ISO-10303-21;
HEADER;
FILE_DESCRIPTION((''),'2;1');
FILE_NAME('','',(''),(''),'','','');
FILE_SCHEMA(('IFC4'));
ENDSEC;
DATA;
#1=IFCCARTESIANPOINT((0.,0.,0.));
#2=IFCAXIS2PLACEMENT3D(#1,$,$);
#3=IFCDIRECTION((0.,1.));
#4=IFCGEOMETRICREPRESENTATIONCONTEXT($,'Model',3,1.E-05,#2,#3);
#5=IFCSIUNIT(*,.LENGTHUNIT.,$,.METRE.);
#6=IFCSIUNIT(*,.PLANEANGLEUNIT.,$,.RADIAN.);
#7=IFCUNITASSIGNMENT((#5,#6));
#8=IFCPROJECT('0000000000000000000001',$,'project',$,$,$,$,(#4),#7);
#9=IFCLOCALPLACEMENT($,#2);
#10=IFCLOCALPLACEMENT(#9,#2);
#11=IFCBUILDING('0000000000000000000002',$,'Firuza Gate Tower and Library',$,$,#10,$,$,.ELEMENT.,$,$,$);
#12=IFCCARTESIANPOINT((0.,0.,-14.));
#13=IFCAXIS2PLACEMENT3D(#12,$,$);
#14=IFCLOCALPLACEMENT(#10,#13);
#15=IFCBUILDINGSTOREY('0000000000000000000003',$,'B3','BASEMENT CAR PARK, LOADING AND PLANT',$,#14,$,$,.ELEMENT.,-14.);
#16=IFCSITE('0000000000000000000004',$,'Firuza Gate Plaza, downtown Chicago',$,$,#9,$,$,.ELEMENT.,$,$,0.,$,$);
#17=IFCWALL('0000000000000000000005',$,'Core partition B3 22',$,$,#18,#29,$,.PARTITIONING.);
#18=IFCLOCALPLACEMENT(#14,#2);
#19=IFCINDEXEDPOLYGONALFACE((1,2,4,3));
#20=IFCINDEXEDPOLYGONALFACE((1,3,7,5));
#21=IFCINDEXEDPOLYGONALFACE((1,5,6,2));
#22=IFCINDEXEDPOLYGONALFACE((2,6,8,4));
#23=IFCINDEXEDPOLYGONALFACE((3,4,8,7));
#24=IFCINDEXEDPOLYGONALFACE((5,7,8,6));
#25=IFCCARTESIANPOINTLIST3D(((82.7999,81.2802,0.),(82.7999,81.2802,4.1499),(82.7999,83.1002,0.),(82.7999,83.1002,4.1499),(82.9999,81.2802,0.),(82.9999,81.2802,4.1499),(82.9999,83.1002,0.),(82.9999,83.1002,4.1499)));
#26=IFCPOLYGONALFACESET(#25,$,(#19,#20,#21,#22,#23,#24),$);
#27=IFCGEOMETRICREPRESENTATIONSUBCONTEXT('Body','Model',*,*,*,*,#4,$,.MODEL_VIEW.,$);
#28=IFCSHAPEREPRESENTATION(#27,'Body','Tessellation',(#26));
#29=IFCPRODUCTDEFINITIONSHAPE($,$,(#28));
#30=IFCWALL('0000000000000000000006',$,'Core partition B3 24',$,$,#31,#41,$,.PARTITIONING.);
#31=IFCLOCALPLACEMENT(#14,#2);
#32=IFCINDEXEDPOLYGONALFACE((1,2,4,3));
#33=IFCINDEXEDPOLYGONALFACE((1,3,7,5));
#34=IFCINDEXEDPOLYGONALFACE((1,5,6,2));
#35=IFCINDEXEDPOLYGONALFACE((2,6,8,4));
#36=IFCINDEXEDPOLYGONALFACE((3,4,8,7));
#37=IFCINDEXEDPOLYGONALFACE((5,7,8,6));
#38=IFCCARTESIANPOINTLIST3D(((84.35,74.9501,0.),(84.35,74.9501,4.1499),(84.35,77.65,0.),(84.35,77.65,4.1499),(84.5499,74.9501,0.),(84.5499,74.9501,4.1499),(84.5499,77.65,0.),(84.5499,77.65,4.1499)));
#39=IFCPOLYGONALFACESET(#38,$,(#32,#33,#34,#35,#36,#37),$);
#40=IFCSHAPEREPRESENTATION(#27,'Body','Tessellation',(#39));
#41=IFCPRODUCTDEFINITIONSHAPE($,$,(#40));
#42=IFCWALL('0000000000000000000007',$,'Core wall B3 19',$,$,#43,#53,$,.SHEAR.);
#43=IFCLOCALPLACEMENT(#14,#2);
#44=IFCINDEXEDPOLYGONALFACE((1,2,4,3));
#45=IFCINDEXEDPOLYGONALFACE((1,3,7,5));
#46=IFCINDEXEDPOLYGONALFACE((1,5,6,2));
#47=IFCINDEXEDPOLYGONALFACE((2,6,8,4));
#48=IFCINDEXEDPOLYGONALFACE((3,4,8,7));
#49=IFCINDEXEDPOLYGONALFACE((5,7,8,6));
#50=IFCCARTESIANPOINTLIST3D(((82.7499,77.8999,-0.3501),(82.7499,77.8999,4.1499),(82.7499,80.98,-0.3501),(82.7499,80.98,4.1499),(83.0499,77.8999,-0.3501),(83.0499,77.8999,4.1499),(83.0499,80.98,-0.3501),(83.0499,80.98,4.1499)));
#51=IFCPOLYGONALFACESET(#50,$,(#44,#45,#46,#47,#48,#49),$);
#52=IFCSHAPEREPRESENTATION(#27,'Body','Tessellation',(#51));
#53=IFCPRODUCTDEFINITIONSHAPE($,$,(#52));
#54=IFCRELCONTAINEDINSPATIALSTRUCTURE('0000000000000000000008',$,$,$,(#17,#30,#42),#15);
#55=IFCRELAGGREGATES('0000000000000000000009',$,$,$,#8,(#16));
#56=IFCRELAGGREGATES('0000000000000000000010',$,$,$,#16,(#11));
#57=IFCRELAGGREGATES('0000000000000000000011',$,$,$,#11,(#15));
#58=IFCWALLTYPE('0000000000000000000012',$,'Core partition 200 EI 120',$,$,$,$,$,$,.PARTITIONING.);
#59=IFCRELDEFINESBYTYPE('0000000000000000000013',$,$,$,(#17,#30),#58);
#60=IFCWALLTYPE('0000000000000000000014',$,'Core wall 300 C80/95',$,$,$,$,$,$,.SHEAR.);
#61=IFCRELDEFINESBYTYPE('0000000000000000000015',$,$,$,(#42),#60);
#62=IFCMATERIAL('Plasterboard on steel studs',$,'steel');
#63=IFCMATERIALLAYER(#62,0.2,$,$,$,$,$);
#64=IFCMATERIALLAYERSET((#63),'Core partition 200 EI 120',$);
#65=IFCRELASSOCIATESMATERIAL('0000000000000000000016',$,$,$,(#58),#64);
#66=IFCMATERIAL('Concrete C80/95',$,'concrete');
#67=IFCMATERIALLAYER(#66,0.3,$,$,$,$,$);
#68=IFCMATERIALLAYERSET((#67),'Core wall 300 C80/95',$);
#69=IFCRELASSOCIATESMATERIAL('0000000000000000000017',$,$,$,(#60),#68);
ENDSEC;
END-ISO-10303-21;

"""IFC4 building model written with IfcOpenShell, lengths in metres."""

from ifc_helpers import new_model, si_unit, direction, frame, frame_2d, origin, place, context, subcontext, project, spatial, rectangle, extrude, material, layer, layer_set, type_object, element, save


model = new_model("IFC4")

# Units and contexts
model_context = context("Model", 3, precision=1e-05, world=origin(), true_north=direction((0.0, 1.0)))
body_context = subcontext(model_context, "Body", "Model", "MODEL_VIEW")
ifc_project = project(units=[si_unit("LENGTHUNIT", "METRE"), si_unit("PLANEANGLEUNIT", "RADIAN")], contexts=[model_context])

# Site, building, storey
site_placement = place(None, origin())
site = spatial("IfcSite", under=ifc_project, at=site_placement, Name="Firuza Gate Plaza, downtown Chicago", CompositionType="ELEMENT", RefElevation=0.0)
building_placement = place(site_placement, origin())
building = spatial("IfcBuilding", under=site, at=building_placement, Name="Firuza Gate Tower and Library", CompositionType="ELEMENT")
storey_placement = place(building_placement, frame((0.0, 0.0, -14.0)))
storey = spatial("IfcBuildingStorey", under=building, at=storey_placement, Name="B3", Description="BASEMENT CAR PARK, LOADING AND PLANT", CompositionType="ELEMENT", Elevation=-14.0)

# Walls
ifc_material_1 = material(Name="Plasterboard on steel studs", Category="steel")
ifc_layer_1 = layer(ifc_material_1, 0.2)
ifc_layer_set_1 = layer_set([ifc_layer_1], Name="Core partition 200 EI 120")
wall_type_1 = type_object("IfcWallType", Name="Core partition 200 EI 120", PredefinedType="PARTITIONING", material=ifc_layer_set_1)
wall_1_placement = place(storey_placement, frame((82.8999, 81.28, 0.0), z_axis=(0.0, 0.0, 1.0), x_axis=(0.0, 1.0, 0.0)))
element("IfcWall", 1, at=wall_1_placement, inside=storey, type_object=wall_type_1, Name="Core partition B3 22", PredefinedType="PARTITIONING", context=body_context, shape_type="SweptSolid", body=[
    extrude(rectangle(XDim=1.8201, YDim=0.2, at=frame_2d((0.9102, 0.0))), origin(), (0.0, 0.0, 1.0), 4.1499),
])
wall_2_placement = place(storey_placement, frame((84.45, 74.95, 0.0), z_axis=(0.0, 0.0, 1.0), x_axis=(0.0, 1.0, 0.0)))
element("IfcWall", 2, at=wall_2_placement, inside=storey, type_object=wall_type_1, Name="Core partition B3 24", PredefinedType="PARTITIONING", context=body_context, shape_type="SweptSolid", body=[
    extrude(rectangle(XDim=2.7, YDim=0.2, at=frame_2d((1.3501, 0.0))), origin(), (0.0, 0.0, 1.0), 4.1499),
])
ifc_material_2 = material(Name="Concrete C80/95", Category="concrete")
ifc_layer_2 = layer(ifc_material_2, 0.3)
ifc_layer_set_2 = layer_set([ifc_layer_2], Name="Core wall 300 C80/95")
wall_type_2 = type_object("IfcWallType", Name="Core wall 300 C80/95", PredefinedType="SHEAR", material=ifc_layer_set_2)
wall_3_placement = place(storey_placement, frame((82.8999, 77.8999, -0.3501), z_axis=(0.0, 0.0, 1.0), x_axis=(0.0, 1.0, 0.0)))
element("IfcWall", 3, at=wall_3_placement, inside=storey, type_object=wall_type_2, Name="Core wall B3 19", PredefinedType="SHEAR", context=body_context, shape_type="SweptSolid", body=[
    extrude(rectangle(XDim=3.0801, YDim=0.3, at=frame_2d((1.54, 0.0))), origin(), (0.0, 0.0, 1.0), 4.5),
])

save(model, "model.ifc")
